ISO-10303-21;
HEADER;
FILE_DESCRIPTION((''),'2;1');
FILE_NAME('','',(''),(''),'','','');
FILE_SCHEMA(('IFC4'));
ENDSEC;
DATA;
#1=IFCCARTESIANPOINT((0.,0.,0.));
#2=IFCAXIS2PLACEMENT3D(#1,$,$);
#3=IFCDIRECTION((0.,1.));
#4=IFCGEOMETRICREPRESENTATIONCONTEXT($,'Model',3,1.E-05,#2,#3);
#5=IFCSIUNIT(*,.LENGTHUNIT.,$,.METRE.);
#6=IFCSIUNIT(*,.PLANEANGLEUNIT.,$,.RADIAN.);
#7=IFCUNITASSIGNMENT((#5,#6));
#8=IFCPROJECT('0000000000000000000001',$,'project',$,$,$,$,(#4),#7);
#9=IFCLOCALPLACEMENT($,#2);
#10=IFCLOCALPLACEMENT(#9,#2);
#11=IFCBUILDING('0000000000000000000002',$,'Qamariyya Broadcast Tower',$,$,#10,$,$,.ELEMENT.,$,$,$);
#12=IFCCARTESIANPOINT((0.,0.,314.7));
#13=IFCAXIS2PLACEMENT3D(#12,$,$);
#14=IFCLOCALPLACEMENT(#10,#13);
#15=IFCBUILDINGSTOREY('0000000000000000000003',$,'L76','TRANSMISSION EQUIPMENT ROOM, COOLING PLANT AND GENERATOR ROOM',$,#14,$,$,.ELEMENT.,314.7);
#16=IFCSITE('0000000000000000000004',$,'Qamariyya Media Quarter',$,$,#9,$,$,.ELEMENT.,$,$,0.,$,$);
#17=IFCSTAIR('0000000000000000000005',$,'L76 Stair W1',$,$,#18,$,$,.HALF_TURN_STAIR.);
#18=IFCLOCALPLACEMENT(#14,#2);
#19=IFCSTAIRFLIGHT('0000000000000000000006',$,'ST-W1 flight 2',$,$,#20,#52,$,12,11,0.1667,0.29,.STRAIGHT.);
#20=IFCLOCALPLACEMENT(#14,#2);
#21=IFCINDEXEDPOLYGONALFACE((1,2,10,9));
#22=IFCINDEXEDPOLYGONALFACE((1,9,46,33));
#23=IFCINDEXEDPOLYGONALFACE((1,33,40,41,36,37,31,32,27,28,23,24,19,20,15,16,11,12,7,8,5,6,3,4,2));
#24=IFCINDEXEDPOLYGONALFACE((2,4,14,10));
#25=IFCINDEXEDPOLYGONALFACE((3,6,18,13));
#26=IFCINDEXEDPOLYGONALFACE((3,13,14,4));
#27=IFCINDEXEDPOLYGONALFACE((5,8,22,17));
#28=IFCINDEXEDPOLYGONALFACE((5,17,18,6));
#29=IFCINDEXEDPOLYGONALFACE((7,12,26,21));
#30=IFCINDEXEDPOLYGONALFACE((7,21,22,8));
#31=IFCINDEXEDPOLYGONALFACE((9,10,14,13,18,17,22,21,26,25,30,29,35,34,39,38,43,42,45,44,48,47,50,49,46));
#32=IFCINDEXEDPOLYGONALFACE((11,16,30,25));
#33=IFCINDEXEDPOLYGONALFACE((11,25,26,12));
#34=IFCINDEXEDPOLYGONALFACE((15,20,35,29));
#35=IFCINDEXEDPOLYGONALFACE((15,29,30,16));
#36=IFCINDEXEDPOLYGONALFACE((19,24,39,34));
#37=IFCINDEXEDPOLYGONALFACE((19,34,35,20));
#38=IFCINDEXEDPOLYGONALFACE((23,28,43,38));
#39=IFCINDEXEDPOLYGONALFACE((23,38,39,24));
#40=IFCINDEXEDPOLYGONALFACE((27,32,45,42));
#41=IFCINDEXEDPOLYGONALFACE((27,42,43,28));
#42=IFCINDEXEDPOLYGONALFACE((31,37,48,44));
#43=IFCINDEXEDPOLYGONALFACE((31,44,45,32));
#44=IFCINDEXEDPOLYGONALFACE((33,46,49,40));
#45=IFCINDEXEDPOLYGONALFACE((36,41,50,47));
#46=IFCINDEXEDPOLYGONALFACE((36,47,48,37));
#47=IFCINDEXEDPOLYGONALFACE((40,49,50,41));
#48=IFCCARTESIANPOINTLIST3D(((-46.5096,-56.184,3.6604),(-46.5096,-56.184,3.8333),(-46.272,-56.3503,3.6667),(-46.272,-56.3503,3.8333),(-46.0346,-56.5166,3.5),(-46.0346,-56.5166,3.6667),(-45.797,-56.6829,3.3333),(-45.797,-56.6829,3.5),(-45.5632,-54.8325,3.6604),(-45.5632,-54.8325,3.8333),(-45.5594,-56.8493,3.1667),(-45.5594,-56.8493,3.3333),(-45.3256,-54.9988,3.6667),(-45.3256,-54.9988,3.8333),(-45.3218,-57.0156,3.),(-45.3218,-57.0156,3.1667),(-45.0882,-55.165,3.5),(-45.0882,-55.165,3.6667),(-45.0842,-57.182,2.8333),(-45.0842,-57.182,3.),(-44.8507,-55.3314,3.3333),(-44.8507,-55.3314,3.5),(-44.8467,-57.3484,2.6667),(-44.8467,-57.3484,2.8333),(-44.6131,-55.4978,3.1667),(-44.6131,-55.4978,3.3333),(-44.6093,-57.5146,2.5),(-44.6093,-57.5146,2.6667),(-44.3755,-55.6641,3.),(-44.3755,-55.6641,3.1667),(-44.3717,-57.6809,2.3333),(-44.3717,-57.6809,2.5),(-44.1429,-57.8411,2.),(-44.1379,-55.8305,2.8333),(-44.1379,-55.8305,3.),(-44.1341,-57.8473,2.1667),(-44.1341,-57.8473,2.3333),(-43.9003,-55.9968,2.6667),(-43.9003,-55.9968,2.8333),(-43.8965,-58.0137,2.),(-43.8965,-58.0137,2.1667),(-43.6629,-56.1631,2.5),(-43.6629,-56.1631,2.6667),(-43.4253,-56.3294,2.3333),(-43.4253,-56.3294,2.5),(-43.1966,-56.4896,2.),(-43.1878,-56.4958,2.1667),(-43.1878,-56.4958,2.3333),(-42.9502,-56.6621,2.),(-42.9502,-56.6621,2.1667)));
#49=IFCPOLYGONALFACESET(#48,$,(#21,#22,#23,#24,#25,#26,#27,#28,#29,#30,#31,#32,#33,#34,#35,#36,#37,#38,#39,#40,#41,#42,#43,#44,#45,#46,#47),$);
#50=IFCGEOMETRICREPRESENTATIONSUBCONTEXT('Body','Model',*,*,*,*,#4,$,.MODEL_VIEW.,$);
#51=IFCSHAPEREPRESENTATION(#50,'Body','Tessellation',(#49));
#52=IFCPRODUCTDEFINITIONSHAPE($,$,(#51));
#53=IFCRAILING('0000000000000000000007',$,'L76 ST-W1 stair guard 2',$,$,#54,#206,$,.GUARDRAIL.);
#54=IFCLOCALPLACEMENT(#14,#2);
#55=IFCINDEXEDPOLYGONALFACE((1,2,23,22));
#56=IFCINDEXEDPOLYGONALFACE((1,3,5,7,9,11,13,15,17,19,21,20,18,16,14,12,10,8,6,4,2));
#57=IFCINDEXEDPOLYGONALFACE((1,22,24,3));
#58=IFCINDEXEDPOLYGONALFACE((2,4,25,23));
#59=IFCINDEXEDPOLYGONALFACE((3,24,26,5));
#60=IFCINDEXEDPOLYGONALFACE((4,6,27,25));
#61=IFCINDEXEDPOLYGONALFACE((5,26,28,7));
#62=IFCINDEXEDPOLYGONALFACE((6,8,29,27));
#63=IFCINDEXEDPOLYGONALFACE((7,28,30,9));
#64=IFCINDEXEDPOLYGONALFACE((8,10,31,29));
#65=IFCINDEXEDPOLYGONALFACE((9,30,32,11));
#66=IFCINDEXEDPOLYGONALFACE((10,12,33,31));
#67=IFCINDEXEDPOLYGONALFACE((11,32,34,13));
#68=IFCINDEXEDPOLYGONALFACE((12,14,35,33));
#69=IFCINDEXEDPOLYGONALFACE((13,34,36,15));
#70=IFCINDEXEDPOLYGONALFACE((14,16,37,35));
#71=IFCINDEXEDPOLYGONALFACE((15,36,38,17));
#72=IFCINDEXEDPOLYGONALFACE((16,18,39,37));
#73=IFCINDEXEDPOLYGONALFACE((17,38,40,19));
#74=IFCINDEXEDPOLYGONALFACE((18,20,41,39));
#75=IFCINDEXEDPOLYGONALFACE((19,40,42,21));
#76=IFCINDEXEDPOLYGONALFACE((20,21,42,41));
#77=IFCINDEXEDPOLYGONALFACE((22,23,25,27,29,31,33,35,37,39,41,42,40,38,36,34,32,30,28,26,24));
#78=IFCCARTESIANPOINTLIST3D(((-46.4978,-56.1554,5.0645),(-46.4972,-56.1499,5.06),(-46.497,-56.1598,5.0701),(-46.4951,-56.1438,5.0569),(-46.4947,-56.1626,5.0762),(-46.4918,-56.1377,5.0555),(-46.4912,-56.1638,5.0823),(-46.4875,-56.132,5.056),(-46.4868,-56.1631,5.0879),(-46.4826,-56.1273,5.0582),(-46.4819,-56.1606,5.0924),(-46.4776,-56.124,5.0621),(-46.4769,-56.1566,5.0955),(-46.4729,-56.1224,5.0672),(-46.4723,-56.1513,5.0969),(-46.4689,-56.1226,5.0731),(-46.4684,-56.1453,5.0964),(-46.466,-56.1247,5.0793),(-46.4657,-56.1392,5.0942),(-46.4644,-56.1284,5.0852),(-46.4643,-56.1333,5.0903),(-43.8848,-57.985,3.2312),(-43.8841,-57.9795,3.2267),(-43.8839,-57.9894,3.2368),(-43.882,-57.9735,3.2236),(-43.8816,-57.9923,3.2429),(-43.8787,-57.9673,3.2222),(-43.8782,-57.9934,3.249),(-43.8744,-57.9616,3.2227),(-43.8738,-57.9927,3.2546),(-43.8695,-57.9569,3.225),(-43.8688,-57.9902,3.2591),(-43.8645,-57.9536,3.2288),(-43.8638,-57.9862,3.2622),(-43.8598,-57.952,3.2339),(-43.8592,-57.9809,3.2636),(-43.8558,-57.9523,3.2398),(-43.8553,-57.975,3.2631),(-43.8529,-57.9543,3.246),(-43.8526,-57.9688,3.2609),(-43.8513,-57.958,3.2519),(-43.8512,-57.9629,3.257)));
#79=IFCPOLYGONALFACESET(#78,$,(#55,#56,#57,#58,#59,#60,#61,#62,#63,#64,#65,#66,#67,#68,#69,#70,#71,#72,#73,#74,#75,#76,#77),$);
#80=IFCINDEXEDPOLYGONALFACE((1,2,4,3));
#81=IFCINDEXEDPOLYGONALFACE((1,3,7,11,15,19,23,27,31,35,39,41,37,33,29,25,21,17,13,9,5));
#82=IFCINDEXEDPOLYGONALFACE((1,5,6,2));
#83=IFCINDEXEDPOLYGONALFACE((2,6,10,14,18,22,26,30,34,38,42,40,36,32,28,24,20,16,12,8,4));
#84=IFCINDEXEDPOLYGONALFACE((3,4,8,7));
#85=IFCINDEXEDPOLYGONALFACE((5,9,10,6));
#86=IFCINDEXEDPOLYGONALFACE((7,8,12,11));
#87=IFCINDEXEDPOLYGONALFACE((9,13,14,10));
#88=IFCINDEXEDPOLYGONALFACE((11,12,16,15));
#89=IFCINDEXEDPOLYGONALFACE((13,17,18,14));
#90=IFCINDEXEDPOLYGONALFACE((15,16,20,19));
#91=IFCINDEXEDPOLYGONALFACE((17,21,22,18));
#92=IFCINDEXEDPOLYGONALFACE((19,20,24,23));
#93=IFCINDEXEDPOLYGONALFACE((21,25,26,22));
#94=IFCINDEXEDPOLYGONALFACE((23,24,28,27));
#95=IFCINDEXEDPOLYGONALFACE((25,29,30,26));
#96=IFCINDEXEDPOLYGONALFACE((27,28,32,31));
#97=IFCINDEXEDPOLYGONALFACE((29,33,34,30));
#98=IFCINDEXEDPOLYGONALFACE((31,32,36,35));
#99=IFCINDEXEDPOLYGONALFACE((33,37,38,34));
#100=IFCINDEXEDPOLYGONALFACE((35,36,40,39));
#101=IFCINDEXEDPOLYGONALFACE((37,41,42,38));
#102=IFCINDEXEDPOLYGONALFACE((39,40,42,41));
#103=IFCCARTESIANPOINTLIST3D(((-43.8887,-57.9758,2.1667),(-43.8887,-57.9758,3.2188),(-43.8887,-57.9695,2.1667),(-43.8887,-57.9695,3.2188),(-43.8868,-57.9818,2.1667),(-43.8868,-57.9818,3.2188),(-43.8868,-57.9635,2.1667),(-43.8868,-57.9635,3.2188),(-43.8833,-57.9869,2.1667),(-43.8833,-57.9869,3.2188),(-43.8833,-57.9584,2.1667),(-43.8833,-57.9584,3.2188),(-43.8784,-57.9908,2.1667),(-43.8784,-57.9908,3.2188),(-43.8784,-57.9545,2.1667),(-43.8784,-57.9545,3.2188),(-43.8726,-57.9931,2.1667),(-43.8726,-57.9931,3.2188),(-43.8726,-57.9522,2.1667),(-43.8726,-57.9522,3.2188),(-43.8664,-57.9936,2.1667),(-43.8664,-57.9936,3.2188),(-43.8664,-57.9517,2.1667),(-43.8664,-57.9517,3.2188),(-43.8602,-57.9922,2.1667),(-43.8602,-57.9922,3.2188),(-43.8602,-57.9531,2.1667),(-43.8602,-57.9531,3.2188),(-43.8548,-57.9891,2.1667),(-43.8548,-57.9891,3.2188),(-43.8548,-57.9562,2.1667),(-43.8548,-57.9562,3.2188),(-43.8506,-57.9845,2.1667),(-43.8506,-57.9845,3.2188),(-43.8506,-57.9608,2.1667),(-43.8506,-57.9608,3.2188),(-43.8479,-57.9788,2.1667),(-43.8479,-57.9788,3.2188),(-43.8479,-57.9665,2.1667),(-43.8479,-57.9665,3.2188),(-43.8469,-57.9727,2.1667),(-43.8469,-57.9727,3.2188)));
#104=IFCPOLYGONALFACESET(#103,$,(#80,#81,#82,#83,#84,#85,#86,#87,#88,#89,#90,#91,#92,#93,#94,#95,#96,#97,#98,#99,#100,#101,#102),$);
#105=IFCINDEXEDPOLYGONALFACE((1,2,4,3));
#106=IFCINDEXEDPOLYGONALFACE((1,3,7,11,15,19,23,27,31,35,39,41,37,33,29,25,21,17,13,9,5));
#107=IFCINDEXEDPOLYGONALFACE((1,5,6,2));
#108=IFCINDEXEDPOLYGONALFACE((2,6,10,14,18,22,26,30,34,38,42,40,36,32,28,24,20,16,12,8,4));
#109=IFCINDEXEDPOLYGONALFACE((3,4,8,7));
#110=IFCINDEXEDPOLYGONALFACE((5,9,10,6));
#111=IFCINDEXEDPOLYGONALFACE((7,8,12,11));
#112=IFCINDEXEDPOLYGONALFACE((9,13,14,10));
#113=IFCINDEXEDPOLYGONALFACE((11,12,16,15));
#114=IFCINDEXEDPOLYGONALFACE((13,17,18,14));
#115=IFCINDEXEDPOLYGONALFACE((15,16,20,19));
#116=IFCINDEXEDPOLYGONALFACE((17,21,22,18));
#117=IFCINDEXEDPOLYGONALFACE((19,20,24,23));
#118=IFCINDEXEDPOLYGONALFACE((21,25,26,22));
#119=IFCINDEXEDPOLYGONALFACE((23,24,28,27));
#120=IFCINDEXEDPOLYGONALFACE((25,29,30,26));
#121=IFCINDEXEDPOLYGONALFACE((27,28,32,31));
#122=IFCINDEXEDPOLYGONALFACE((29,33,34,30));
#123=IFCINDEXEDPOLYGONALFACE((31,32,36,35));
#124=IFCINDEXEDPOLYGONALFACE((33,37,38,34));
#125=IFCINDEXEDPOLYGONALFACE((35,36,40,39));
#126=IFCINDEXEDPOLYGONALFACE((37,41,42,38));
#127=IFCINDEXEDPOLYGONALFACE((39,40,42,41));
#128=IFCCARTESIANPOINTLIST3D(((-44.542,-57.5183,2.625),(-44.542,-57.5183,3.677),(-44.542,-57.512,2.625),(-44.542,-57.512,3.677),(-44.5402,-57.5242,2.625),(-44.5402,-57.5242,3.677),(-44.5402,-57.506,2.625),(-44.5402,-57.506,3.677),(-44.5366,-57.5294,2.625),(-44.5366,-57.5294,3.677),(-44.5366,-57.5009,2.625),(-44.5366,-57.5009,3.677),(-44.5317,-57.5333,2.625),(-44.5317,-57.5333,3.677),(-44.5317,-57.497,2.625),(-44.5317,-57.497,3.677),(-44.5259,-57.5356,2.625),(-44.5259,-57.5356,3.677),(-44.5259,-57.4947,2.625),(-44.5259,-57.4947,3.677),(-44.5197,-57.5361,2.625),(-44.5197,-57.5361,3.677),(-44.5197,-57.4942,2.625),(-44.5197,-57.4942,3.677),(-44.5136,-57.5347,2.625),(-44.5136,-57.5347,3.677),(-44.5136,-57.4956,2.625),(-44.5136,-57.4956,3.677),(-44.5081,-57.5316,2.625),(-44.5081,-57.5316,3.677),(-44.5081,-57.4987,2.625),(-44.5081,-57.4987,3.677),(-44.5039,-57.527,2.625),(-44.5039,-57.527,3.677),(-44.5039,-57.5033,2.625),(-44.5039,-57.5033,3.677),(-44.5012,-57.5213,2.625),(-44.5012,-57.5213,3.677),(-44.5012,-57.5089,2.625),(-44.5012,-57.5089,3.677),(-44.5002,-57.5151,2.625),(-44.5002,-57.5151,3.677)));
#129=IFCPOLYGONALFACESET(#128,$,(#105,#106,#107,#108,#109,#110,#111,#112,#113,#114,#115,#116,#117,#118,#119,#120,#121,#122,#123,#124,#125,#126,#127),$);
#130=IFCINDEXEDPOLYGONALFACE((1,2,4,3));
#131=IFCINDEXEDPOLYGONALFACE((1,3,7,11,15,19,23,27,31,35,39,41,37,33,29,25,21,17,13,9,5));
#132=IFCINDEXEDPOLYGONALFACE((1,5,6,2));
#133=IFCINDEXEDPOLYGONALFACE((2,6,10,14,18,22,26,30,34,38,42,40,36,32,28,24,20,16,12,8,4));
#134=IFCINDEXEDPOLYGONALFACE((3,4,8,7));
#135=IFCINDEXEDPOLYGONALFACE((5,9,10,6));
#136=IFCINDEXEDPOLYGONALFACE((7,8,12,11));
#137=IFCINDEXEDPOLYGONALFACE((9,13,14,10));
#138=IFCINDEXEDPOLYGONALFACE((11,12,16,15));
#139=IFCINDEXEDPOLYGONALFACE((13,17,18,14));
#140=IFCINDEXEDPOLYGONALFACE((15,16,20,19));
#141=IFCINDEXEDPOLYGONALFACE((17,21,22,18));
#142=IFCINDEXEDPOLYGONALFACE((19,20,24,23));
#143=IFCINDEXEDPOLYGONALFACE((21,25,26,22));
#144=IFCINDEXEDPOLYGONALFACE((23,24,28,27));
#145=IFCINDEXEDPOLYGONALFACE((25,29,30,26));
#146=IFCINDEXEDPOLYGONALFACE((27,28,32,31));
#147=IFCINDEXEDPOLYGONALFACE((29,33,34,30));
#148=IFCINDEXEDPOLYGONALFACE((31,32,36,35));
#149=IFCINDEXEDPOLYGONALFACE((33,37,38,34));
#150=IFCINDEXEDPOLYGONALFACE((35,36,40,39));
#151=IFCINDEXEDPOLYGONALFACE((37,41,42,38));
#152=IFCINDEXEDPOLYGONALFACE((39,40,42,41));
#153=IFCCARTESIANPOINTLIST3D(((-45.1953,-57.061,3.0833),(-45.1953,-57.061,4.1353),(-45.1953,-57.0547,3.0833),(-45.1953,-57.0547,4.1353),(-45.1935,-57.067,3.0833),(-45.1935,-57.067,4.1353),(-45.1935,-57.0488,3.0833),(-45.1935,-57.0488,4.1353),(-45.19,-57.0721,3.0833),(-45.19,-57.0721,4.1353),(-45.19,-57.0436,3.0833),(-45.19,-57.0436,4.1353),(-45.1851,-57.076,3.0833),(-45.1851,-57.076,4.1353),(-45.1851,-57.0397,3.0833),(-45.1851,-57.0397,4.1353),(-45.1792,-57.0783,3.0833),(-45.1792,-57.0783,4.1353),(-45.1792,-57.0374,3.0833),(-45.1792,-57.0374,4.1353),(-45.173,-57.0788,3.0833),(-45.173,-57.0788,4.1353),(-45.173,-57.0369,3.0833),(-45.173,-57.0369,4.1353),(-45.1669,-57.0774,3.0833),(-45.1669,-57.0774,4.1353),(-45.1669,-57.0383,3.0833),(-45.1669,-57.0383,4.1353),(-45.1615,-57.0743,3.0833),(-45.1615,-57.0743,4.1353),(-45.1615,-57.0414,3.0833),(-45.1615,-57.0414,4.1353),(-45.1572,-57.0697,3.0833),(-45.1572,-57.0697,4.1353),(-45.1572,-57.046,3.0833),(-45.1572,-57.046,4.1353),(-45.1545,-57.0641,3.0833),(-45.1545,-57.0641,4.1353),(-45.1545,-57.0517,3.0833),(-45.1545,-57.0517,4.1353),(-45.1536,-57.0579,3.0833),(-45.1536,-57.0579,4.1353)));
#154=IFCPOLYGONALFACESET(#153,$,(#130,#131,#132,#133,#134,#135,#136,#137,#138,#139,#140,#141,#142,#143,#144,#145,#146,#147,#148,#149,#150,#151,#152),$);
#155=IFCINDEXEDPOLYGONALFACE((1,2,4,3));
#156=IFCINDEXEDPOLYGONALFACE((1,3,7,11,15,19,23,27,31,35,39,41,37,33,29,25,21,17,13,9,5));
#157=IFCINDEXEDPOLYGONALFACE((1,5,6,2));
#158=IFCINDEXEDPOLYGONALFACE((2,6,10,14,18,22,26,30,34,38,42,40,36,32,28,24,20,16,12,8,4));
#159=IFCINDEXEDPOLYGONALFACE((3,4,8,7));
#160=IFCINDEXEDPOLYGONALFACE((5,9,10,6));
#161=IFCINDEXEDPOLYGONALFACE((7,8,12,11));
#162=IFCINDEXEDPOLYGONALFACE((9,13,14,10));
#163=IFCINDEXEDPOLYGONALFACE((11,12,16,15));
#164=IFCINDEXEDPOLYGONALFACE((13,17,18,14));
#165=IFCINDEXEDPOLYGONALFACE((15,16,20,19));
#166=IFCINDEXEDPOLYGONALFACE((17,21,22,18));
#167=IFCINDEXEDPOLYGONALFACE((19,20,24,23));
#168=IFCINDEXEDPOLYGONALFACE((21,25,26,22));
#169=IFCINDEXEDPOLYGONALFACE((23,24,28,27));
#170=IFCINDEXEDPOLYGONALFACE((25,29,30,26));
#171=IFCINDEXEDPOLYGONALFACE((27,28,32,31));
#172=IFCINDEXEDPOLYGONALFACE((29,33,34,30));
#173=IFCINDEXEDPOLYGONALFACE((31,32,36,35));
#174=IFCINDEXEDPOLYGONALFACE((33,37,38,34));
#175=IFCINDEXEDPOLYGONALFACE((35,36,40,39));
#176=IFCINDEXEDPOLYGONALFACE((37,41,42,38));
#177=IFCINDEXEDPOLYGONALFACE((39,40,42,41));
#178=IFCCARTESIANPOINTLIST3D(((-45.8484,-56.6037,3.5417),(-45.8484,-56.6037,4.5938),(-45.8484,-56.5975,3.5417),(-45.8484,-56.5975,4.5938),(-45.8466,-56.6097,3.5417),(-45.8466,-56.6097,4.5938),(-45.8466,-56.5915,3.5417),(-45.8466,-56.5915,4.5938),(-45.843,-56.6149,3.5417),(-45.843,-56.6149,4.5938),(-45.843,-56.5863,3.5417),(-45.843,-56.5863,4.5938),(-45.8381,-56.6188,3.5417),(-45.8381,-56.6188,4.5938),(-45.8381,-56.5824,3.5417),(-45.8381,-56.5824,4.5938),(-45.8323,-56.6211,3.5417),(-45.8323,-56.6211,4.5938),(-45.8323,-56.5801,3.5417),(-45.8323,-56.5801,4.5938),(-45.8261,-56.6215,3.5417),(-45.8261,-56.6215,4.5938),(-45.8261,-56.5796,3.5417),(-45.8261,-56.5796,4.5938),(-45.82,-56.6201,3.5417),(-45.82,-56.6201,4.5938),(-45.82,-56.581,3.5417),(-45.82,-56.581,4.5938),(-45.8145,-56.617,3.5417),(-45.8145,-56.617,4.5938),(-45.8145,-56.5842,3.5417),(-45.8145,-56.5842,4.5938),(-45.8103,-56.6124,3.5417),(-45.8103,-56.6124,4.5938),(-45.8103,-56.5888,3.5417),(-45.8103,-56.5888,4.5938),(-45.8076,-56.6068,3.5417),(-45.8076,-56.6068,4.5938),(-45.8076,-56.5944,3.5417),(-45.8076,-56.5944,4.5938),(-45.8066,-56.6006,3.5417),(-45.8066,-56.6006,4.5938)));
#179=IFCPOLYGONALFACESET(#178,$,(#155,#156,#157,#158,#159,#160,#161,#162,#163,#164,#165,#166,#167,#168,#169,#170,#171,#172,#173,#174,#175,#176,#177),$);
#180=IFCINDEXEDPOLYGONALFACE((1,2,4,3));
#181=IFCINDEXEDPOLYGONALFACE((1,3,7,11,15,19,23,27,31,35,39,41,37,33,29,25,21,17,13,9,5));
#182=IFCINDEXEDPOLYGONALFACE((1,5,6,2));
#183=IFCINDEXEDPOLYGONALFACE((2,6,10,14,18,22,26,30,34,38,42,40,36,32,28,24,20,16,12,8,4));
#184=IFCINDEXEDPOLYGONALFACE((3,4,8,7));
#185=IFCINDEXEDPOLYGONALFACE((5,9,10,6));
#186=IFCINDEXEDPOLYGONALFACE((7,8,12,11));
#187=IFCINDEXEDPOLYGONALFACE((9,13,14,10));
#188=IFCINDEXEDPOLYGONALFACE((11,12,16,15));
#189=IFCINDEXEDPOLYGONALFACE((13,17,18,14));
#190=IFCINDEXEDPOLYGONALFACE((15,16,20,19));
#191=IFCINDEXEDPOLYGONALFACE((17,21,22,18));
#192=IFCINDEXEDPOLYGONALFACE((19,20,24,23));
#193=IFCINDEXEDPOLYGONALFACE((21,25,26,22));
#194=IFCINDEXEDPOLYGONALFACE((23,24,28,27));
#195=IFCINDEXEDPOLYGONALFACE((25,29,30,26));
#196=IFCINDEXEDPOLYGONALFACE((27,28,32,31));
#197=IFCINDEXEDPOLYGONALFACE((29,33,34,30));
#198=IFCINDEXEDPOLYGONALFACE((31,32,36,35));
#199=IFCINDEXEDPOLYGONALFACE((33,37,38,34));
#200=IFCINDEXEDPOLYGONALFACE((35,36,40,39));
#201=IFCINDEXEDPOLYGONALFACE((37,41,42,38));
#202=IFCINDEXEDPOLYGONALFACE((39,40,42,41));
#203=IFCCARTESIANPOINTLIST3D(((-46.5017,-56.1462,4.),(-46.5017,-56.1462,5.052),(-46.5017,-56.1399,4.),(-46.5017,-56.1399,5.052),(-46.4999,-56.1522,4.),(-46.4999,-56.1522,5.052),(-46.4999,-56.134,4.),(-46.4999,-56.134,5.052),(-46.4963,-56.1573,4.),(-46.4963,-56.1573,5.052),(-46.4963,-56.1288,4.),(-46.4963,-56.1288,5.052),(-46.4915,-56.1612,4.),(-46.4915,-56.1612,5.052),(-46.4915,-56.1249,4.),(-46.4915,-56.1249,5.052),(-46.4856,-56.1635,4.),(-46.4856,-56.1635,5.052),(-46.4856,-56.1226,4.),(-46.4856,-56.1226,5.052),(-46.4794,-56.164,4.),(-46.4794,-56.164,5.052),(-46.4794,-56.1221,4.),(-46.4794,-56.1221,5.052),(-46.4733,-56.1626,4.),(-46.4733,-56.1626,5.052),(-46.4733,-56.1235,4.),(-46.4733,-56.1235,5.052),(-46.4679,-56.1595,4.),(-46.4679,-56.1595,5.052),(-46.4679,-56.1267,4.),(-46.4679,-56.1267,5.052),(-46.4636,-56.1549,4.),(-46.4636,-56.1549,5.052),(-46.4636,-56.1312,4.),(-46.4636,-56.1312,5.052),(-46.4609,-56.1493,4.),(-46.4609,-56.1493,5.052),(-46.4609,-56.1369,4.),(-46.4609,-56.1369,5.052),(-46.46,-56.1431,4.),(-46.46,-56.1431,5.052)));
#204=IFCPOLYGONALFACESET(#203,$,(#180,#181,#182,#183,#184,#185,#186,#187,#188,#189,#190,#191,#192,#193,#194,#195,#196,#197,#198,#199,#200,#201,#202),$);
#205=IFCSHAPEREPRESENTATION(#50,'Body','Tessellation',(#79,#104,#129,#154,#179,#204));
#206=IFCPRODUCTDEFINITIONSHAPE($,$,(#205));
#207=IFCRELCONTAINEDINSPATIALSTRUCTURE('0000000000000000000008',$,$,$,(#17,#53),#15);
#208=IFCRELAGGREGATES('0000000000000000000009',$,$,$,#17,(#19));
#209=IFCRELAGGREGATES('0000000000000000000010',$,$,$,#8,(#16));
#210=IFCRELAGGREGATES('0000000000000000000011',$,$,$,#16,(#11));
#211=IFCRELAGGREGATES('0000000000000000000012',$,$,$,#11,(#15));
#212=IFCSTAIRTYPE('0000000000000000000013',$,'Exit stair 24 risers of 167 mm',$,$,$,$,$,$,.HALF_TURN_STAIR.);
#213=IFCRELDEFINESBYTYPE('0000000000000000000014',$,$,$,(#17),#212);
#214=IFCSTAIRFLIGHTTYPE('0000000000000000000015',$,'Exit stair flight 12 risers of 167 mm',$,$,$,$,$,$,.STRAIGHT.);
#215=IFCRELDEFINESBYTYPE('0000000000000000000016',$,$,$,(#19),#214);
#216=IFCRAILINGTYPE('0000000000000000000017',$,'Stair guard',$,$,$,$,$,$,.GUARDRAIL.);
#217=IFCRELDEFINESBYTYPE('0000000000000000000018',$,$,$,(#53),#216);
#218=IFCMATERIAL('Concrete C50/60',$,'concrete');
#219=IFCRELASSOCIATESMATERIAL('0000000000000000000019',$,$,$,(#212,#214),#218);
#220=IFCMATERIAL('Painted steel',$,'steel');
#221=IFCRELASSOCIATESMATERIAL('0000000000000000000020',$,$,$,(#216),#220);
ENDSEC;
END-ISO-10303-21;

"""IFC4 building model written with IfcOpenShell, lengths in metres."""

from ifc_helpers import new_model, si_unit, direction, frame, origin, origin_2d, place, context, subcontext, project, spatial, polyline, circle, outline, extrude, material, type_object, element, aggregate, save


model = new_model("IFC4")

# Units and contexts
model_context = context("Model", 3, precision=1e-05, world=origin(), true_north=direction((0.0, 1.0)))
body_context = subcontext(model_context, "Body", "Model", "MODEL_VIEW")
ifc_project = project(units=[si_unit("LENGTHUNIT", "METRE"), si_unit("PLANEANGLEUNIT", "RADIAN")], contexts=[model_context])

# Site, building, storey
site_placement = place(None, origin())
site = spatial("IfcSite", under=ifc_project, at=site_placement, Name="Qamariyya Media Quarter", CompositionType="ELEMENT", RefElevation=0.0)
building_placement = place(site_placement, origin())
building = spatial("IfcBuilding", under=site, at=building_placement, Name="Qamariyya Broadcast Tower", CompositionType="ELEMENT")
storey_placement = place(building_placement, frame((0.0, 0.0, 314.7)))
storey = spatial("IfcBuildingStorey", under=building, at=storey_placement, Name="L76", Description="TRANSMISSION EQUIPMENT ROOM, COOLING PLANT AND GENERATOR ROOM", CompositionType="ELEMENT", Elevation=314.7)

# Shared definitions
ifc_material_1 = material(Name="Concrete C50/60", Category="concrete")

# Stair, stair flight
stair_type = type_object("IfcStairType", Name="Exit stair 24 risers of 167 mm", PredefinedType="HALF_TURN_STAIR", material=ifc_material_1)
stair_placement = place(storey_placement, origin())
stair = element("IfcStair", 1, at=stair_placement, inside=storey, type_object=stair_type, Name="L76 Stair W1", PredefinedType="HALF_TURN_STAIR")
stair_flight_type = type_object("IfcStairFlightType", Name="Exit stair flight 12 risers of 167 mm", PredefinedType="STRAIGHT", material=ifc_material_1)
stair_flight_1_placement = place(storey_placement, frame((-43.4233, -57.3379, 2.0), z_axis=(0.0, 0.0, 1.0), x_axis=(-0.819152, 0.573576, 0.0)))
stair_flight_1 = element("IfcStairFlight", 2, at=stair_flight_1_placement, type_object=stair_flight_type, Name="ST-W1 flight 2", NumberOfRisers=12, NumberOfTreads=11, PredefinedType="STRAIGHT", RiserHeight=0.1667, TreadLength=0.29, context=body_context, shape_type="SweptSolid", body=[
    extrude(outline(polyline([(0.0, 0.0), (0.0, 0.1667), (0.29, 0.1667), (0.29, 0.3333), (0.5801, 0.3333), (0.5801, 0.5), (0.8701, 0.5), (0.8701, 0.6667), (1.1599, 0.6667), (1.1599, 0.8333), (1.45, 0.8333), (1.45, 1.0), (1.74, 1.0), (1.74, 1.1667), (2.03, 1.1667), (2.03, 1.3333), (2.3201, 1.3333), (2.3201, 1.5), (2.6101, 1.5), (2.6101, 1.6667), (2.8999, 1.6667), (2.8999, 1.8333), (3.1899, 1.8333), (3.1899, 2.0), (3.1899, 1.6604), (0.3008, 0.0), (0.0, 0.0)])), frame((0.0, 0.825, 0.0), z_axis=(0.0, -1.0, 0.0), x_axis=(1.0, 0.0, 0.0)), (0.0, 0.0, 1.0), 1.6499),
])
aggregate(stair, [stair_flight_1])

# Railing
ifc_material_2 = material(Name="Painted steel", Category="steel")
railing_type_1 = type_object("IfcRailingType", Name="Stair guard", PredefinedType="GUARDRAIL", material=ifc_material_2)
railing_1_placement = place(storey_placement, frame((-43.8679, -57.9727, 2.1667)))
element("IfcRailing", 3, at=railing_1_placement, inside=storey, type_object=railing_type_1, Name="L76 ST-W1 stair guard 2", PredefinedType="GUARDRAIL", context=body_context, shape_type="SweptSolid", body=[
    extrude(circle(Radius=0.0239, at=origin_2d()), frame((0.0, 0.0, 1.0762), z_axis=(-0.710228, 0.497285, 0.498281), x_axis=(-0.57356, -0.819164, 0.0)), (0.0, 0.0, 1.0), 3.6792),
    extrude(circle(Radius=0.021, at=origin_2d()), origin(), (0.0, 0.0, 1.0), 1.052),
    extrude(circle(Radius=0.021, at=origin_2d()), frame((-0.6533, 0.4575, 0.4583)), (0.0, 0.0, 1.0), 1.052),
    extrude(circle(Radius=0.021, at=origin_2d()), frame((-1.3066, 0.9148, 0.9165)), (0.0, 0.0, 1.0), 1.052),
    extrude(circle(Radius=0.021, at=origin_2d()), frame((-1.9597, 1.3721, 1.375)), (0.0, 0.0, 1.0), 1.052),
    extrude(circle(Radius=0.021, at=origin_2d()), frame((-2.613, 1.8296, 1.8333)), (0.0, 0.0, 1.0), 1.052),
])

save(model, "model.ifc")
